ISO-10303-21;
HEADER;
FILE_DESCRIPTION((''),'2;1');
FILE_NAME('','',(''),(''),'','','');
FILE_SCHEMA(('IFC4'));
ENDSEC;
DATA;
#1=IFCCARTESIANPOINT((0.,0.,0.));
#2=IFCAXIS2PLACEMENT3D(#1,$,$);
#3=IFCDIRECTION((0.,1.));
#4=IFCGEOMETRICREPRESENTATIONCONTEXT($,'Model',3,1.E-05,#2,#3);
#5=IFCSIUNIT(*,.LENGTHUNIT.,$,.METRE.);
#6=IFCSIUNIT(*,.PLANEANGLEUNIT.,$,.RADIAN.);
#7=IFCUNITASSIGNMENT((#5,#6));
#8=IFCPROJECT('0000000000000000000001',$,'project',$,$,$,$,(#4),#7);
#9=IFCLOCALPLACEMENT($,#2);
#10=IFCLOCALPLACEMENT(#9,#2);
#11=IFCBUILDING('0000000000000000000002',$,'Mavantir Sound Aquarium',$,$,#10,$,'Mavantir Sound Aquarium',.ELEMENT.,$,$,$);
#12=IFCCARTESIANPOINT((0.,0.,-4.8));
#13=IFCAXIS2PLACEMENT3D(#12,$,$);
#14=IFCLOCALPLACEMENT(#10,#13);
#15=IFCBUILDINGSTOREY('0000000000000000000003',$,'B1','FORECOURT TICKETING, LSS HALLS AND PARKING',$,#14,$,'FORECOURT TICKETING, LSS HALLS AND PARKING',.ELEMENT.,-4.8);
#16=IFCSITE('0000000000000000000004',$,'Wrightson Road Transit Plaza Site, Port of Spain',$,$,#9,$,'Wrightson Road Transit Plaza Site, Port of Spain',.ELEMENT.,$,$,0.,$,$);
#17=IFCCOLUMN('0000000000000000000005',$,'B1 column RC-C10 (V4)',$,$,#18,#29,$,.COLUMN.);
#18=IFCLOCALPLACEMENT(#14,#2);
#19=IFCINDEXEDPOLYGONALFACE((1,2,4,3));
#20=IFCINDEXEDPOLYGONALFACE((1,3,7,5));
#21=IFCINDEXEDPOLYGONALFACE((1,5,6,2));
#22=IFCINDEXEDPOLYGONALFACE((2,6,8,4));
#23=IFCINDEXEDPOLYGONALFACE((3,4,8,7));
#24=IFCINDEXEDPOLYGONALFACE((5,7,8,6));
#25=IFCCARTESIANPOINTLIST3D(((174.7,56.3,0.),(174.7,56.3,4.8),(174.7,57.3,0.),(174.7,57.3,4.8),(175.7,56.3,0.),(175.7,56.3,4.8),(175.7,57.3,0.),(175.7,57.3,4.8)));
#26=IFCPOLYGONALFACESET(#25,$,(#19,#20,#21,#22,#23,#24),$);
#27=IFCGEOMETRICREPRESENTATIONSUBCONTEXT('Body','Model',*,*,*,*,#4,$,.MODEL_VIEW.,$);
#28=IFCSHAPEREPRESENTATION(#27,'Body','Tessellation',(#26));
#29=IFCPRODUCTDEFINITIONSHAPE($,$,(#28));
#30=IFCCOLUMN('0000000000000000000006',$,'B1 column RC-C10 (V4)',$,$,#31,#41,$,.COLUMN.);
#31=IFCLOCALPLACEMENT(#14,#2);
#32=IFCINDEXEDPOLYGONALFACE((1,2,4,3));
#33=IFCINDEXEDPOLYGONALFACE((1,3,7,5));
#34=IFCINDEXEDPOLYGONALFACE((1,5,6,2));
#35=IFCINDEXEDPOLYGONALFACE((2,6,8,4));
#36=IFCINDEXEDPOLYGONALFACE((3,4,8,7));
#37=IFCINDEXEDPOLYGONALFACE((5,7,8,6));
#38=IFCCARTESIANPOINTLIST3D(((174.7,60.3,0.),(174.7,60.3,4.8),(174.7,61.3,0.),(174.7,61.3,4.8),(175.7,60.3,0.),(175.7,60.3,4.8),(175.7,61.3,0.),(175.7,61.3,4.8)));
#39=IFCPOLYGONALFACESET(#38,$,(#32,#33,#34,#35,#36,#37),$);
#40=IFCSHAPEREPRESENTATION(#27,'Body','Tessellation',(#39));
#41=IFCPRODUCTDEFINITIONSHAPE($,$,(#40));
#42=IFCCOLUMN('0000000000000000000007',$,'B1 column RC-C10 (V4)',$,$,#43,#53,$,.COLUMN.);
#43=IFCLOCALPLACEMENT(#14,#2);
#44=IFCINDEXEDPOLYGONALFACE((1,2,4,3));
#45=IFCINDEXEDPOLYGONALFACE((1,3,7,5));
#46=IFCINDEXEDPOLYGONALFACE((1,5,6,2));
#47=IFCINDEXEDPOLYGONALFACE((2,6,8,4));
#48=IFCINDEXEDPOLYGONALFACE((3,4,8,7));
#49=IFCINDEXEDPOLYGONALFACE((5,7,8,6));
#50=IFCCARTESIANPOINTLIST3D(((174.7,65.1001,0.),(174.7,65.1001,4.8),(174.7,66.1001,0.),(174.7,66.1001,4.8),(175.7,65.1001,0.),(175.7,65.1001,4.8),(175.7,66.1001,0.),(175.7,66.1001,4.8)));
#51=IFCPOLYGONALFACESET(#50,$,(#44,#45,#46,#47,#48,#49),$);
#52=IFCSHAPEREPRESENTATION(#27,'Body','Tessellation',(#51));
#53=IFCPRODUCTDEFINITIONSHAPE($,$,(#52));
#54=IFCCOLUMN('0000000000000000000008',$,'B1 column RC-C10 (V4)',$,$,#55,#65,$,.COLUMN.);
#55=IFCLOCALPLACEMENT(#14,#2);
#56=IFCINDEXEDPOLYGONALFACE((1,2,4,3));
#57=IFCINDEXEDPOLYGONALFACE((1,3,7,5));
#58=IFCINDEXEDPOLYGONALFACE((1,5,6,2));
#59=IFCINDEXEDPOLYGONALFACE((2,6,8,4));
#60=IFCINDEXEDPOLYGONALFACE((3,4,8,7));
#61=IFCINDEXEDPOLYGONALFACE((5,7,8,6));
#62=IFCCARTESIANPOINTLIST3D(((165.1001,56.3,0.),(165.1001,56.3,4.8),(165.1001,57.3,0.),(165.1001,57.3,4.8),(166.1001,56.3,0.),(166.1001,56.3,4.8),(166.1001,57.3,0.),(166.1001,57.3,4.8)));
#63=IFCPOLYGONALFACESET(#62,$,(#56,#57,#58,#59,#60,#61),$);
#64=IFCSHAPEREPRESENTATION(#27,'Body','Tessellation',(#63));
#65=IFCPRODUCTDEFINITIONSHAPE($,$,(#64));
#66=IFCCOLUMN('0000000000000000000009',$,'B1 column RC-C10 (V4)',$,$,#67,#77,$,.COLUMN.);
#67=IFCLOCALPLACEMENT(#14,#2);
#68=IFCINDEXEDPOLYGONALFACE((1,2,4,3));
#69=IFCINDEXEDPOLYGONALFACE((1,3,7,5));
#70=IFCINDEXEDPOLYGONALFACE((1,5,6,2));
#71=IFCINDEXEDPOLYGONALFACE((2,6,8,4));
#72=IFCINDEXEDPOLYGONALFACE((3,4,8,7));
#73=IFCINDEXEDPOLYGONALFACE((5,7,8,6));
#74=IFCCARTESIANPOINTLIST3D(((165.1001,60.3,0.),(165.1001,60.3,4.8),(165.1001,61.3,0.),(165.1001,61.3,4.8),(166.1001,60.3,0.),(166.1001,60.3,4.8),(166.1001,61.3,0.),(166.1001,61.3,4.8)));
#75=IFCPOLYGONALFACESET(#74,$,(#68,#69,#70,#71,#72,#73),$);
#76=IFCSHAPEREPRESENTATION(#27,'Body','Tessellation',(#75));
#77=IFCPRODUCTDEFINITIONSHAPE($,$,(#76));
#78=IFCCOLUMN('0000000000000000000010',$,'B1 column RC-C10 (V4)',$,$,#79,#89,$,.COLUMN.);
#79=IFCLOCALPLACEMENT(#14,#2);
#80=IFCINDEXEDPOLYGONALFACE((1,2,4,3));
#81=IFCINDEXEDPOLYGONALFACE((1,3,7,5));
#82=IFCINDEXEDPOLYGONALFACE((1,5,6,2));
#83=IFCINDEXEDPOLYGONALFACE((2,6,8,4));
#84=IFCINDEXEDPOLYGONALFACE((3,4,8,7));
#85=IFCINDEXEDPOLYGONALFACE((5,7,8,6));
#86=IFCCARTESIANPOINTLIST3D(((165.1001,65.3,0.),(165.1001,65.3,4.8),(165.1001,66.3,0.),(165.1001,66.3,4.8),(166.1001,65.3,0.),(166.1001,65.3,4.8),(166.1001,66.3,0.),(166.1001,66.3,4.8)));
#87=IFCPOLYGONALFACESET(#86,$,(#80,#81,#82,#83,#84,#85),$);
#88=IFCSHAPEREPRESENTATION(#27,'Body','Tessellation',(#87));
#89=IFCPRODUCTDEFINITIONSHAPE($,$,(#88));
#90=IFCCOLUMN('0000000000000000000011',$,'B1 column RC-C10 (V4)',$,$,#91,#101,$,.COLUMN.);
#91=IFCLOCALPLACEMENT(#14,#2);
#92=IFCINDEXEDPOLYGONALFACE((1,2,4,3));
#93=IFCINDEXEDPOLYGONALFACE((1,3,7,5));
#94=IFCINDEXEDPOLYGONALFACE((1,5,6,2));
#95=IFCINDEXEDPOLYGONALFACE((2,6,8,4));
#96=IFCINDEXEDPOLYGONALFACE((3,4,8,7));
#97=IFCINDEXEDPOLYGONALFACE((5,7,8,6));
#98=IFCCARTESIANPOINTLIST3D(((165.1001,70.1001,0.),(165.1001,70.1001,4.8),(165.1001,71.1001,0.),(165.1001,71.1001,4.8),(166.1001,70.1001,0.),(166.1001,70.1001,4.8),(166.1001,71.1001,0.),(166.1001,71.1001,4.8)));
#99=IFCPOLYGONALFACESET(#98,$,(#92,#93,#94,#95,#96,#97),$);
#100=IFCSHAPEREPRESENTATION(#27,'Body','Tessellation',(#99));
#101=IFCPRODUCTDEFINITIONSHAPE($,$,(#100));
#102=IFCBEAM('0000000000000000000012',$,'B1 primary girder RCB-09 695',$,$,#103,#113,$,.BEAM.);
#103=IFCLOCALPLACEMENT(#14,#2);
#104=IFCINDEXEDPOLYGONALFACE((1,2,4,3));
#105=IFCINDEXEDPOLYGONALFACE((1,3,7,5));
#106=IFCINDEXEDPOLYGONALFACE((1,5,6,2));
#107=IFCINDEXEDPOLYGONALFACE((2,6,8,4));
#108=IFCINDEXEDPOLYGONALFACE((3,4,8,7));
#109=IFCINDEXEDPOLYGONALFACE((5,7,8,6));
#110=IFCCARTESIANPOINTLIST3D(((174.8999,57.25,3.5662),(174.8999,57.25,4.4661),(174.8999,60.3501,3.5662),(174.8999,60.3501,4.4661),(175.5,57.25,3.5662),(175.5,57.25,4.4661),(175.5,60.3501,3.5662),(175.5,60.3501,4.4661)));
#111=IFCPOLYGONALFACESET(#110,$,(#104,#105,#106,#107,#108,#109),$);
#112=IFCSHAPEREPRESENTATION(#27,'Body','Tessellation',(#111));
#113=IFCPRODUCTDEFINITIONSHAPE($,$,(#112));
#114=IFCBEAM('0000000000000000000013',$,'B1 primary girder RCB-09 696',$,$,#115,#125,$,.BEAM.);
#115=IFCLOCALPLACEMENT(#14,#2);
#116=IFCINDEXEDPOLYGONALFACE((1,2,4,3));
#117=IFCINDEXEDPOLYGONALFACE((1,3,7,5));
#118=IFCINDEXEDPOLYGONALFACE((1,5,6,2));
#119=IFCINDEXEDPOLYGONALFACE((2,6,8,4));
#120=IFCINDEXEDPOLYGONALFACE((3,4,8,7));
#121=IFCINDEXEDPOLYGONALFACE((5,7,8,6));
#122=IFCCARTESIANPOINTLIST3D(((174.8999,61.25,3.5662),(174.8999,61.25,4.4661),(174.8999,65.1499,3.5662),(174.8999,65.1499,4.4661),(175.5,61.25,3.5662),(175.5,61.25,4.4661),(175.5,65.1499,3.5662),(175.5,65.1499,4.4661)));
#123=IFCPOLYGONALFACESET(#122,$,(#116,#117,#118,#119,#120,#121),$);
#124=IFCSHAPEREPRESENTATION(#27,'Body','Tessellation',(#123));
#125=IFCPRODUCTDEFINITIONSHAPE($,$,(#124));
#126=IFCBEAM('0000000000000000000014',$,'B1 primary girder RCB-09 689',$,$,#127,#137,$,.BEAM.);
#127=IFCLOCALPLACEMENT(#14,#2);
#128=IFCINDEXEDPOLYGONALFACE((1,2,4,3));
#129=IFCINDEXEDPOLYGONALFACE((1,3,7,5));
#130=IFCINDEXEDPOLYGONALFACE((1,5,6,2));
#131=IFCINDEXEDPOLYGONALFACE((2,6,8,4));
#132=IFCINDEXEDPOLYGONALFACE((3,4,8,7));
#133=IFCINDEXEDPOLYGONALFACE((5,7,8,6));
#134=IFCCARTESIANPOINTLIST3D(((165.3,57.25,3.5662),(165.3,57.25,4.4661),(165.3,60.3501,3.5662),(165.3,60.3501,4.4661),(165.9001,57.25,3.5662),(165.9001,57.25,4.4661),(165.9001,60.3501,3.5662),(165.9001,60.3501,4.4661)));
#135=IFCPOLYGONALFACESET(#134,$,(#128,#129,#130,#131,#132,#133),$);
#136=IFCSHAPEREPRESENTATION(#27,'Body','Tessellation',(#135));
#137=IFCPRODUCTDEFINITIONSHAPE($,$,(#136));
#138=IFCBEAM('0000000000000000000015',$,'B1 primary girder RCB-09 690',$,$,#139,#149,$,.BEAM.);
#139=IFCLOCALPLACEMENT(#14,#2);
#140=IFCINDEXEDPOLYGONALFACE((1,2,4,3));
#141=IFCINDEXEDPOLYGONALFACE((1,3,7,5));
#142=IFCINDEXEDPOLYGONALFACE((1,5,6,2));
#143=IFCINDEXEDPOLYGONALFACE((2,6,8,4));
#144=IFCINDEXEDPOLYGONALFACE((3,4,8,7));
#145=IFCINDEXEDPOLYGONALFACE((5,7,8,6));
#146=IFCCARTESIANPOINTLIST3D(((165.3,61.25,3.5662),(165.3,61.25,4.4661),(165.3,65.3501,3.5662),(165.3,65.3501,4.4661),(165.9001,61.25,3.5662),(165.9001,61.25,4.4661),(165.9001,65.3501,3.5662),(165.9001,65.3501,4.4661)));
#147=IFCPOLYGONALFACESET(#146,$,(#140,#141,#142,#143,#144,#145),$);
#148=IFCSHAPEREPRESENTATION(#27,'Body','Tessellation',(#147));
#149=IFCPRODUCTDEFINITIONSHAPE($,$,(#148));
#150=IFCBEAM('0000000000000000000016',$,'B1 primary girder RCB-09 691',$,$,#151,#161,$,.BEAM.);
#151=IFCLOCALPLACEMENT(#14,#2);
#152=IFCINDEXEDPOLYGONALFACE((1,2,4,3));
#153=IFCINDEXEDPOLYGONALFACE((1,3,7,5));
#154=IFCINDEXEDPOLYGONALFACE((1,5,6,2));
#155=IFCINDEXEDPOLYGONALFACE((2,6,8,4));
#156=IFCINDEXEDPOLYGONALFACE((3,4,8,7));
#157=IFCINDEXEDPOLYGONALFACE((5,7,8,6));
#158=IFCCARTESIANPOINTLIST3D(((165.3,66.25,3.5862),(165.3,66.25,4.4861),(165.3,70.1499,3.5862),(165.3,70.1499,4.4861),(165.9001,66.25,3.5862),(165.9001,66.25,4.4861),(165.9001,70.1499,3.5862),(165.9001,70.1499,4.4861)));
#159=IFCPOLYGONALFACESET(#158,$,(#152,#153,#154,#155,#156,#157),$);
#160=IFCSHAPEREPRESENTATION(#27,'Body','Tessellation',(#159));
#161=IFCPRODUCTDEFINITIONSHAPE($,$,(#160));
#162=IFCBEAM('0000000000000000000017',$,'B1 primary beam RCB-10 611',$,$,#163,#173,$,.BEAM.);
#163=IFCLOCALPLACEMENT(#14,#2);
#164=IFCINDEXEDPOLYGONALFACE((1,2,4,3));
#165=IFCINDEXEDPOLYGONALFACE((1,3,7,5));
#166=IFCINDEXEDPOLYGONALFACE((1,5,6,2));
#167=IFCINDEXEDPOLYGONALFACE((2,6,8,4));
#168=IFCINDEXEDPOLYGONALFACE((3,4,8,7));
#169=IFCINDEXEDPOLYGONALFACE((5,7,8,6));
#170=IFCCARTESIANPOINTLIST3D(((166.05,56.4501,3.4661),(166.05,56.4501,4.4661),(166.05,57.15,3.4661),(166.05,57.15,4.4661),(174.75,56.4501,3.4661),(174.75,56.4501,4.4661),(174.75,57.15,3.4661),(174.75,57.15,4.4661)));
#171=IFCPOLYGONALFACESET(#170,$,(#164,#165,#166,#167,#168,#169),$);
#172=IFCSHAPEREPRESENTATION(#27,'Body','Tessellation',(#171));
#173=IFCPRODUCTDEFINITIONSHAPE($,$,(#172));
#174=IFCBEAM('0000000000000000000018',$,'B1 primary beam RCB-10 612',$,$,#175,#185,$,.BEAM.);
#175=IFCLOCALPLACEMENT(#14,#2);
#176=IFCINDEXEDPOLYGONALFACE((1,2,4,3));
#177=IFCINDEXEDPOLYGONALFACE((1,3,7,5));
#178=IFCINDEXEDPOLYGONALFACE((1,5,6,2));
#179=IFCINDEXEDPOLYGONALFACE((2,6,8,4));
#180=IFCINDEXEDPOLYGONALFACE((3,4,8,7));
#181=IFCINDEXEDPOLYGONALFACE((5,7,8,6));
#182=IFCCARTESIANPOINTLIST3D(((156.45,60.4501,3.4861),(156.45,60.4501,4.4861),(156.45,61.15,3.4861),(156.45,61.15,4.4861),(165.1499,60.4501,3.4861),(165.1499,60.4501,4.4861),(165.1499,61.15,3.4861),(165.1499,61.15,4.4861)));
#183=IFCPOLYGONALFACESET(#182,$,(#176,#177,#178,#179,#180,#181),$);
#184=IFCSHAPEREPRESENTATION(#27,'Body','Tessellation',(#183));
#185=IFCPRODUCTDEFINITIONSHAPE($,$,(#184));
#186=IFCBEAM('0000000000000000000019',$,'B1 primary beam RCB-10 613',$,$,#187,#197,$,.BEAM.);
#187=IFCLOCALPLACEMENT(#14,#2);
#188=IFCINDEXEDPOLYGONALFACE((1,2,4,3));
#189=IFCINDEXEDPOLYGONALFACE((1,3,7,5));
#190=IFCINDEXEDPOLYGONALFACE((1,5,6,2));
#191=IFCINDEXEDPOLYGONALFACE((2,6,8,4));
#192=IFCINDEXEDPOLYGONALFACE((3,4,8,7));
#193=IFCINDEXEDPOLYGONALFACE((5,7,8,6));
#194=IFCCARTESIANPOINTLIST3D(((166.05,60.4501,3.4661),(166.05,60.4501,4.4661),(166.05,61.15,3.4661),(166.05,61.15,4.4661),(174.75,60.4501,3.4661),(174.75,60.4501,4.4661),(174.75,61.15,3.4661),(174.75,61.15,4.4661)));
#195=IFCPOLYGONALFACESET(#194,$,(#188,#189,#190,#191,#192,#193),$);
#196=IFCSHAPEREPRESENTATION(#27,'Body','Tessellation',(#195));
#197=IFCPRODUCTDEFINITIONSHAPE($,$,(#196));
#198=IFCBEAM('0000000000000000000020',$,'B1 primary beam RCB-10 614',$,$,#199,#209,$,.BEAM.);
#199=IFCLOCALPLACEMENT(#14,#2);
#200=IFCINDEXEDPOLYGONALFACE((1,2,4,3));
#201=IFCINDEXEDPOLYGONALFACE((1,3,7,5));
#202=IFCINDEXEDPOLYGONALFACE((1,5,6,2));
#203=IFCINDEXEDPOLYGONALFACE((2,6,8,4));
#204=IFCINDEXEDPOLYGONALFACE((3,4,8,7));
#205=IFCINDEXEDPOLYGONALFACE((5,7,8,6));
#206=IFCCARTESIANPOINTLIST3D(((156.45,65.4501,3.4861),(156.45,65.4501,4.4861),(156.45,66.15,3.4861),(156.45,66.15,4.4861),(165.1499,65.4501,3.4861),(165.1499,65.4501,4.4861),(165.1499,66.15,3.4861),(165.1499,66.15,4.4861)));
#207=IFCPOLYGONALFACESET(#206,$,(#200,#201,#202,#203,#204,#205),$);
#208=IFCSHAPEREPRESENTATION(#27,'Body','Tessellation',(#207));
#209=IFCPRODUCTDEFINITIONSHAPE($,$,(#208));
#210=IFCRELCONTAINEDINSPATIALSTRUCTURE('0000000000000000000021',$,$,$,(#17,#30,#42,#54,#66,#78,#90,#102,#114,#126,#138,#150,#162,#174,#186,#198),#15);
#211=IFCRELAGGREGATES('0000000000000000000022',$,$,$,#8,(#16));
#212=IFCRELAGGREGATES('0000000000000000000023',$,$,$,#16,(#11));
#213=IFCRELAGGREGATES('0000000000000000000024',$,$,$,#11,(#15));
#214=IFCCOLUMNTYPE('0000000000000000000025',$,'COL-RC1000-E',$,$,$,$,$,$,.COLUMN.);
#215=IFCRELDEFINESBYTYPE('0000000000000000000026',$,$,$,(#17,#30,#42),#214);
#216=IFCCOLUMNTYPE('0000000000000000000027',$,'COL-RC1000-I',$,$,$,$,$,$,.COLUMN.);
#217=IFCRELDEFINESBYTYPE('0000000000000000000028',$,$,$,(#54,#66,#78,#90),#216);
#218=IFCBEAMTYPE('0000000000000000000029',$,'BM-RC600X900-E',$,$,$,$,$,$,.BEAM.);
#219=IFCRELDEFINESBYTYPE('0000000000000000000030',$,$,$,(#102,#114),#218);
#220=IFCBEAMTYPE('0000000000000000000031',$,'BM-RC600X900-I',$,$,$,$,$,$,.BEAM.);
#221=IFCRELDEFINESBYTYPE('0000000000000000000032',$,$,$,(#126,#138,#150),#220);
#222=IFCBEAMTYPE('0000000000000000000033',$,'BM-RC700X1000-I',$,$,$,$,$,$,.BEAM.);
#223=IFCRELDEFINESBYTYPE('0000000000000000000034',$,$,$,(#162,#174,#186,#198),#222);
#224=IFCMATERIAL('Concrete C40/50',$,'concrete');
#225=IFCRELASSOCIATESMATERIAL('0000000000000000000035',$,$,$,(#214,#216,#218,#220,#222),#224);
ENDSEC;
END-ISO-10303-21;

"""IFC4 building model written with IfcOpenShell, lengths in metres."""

from ifc_helpers import new_model, si_unit, direction, frame, origin, origin_2d, place, context, subcontext, project, spatial, rectangle, extrude, material, material_profile, profile_set, type_object, element, save


model = new_model("IFC4")

# Units and contexts
model_context = context("Model", 3, precision=1e-05, world=origin(), true_north=direction((0.0, 1.0)))
body_context = subcontext(model_context, "Body", "Model", "MODEL_VIEW")
ifc_project = project(units=[si_unit("LENGTHUNIT", "METRE"), si_unit("PLANEANGLEUNIT", "RADIAN")], contexts=[model_context])

# Site, building, storey
site_placement = place(None, origin())
site = spatial("IfcSite", under=ifc_project, at=site_placement, Name="Wrightson Road Transit Plaza Site, Port of Spain", LongName="Wrightson Road Transit Plaza Site, Port of Spain", CompositionType="ELEMENT", RefElevation=0.0)
building_placement = place(site_placement, origin())
building = spatial("IfcBuilding", under=site, at=building_placement, Name="Mavantir Sound Aquarium", LongName="Mavantir Sound Aquarium", CompositionType="ELEMENT")
storey_placement = place(building_placement, frame((0.0, 0.0, -4.8)))
storey = spatial("IfcBuildingStorey", under=building, at=storey_placement, Name="B1", Description="FORECOURT TICKETING, LSS HALLS AND PARKING", LongName="FORECOURT TICKETING, LSS HALLS AND PARKING", CompositionType="ELEMENT", Elevation=-4.8)

# Columns
ifc_material_1 = material(Name="Concrete C40/50", Category="concrete")
ifc_material_profile_1 = material_profile(ifc_material_1, rectangle(XDim=1.0, YDim=1.0, at=origin_2d()), Name="RC 1000X1000")
ifc_profile_set_1 = profile_set([ifc_material_profile_1], Name="Concrete C40/50")
column_type_1 = type_object("IfcColumnType", Name="COL-RC1000-E", PredefinedType="COLUMN", material=ifc_profile_set_1)
for number, where, z_axis, x_axis, name in (
    (1, (175.2, 56.8, 0.0), (0.0, 0.0, 1.0), (1.0, 0.0, 0.0), "B1 column RC-C10 (V4)"),
    (2, (175.2, 60.8, 0.0), (0.0, 0.0, 1.0), (1.0, 0.0, 0.0), "B1 column RC-C10 (V4)"),
    (3, (175.2, 65.6001, 0.0), (0.0, 0.0, 1.0), (1.0, 0.0, 0.0), "B1 column RC-C10 (V4)"),
):
    element("IfcColumn", number, at=place(storey_placement, frame(where, z_axis=z_axis, x_axis=x_axis)), inside=storey, type_object=column_type_1, Name=name, PredefinedType="COLUMN", context=body_context, shape_type="SweptSolid", body=[
        extrude(rectangle(XDim=1.0, YDim=1.0, at=origin_2d()), origin(), (0.0, 0.0, 1.0), 4.8),
    ])
ifc_material_profile_2 = material_profile(ifc_material_1, rectangle(XDim=1.0, YDim=1.0, at=origin_2d()), Name="RC 1000X1000")
ifc_profile_set_2 = profile_set([ifc_material_profile_2], Name="Concrete C40/50")
column_type_2 = type_object("IfcColumnType", Name="COL-RC1000-I", PredefinedType="COLUMN", material=ifc_profile_set_2)
for number, where, z_axis, x_axis, name in (
    (4, (165.6001, 56.8, 0.0), (0.0, 0.0, 1.0), (1.0, 0.0, 0.0), "B1 column RC-C10 (V4)"),
    (5, (165.6001, 60.8, 0.0), (0.0, 0.0, 1.0), (1.0, 0.0, 0.0), "B1 column RC-C10 (V4)"),
    (6, (165.6001, 65.8, 0.0), (0.0, 0.0, 1.0), (1.0, 0.0, 0.0), "B1 column RC-C10 (V4)"),
    (7, (165.6001, 70.6001, 0.0), (0.0, 0.0, 1.0), (1.0, 0.0, 0.0), "B1 column RC-C10 (V4)"),
):
    element("IfcColumn", number, at=place(storey_placement, frame(where, z_axis=z_axis, x_axis=x_axis)), inside=storey, type_object=column_type_2, Name=name, PredefinedType="COLUMN", context=body_context, shape_type="SweptSolid", body=[
        extrude(rectangle(XDim=1.0, YDim=1.0, at=origin_2d()), origin(), (0.0, 0.0, 1.0), 4.8),
    ])

# Beams
ifc_material_profile_3 = material_profile(ifc_material_1, rectangle(XDim=0.6001, YDim=0.8999, at=origin_2d()), Name="RC 600X900")
ifc_profile_set_3 = profile_set([ifc_material_profile_3], Name="Concrete C40/50")
beam_type_1 = type_object("IfcBeamType", Name="BM-RC600X900-E", PredefinedType="BEAM", material=ifc_profile_set_3)
beam_1_placement = place(storey_placement, frame((175.2, 57.25, 4.0161), z_axis=(0.0, 1.0, 0.0), x_axis=(-1.0, 0.0, 0.0)))
element("IfcBeam", 8, at=beam_1_placement, inside=storey, type_object=beam_type_1, Name="B1 primary girder RCB-09 695", PredefinedType="BEAM", context=body_context, shape_type="SweptSolid", body=[
    extrude(rectangle(XDim=0.6001, YDim=0.8999, at=origin_2d()), origin(), (0.0, 0.0, 1.0), 3.1001),
])
beam_2_placement = place(storey_placement, frame((175.2, 61.25, 4.0161), z_axis=(0.0, 1.0, 0.0), x_axis=(-1.0, 0.0, 0.0)))
element("IfcBeam", 9, at=beam_2_placement, inside=storey, type_object=beam_type_1, Name="B1 primary girder RCB-09 696", PredefinedType="BEAM", context=body_context, shape_type="SweptSolid", body=[
    extrude(rectangle(XDim=0.6001, YDim=0.8999, at=origin_2d()), origin(), (0.0, 0.0, 1.0), 3.8999),
])
ifc_material_profile_4 = material_profile(ifc_material_1, rectangle(XDim=0.6001, YDim=0.8999, at=origin_2d()), Name="RC 600X900")
ifc_profile_set_4 = profile_set([ifc_material_profile_4], Name="Concrete C40/50")
beam_type_2 = type_object("IfcBeamType", Name="BM-RC600X900-I", PredefinedType="BEAM", material=ifc_profile_set_4)
beam_3_placement = place(storey_placement, frame((165.6001, 57.25, 4.0161), z_axis=(0.0, 1.0, 0.0), x_axis=(-1.0, 0.0, 0.0)))
element("IfcBeam", 10, at=beam_3_placement, inside=storey, type_object=beam_type_2, Name="B1 primary girder RCB-09 689", PredefinedType="BEAM", context=body_context, shape_type="SweptSolid", body=[
    extrude(rectangle(XDim=0.6001, YDim=0.8999, at=origin_2d()), origin(), (0.0, 0.0, 1.0), 3.1001),
])
beam_4_placement = place(storey_placement, frame((165.6001, 61.25, 4.0161), z_axis=(0.0, 1.0, 0.0), x_axis=(-1.0, 0.0, 0.0)))
element("IfcBeam", 11, at=beam_4_placement, inside=storey, type_object=beam_type_2, Name="B1 primary girder RCB-09 690", PredefinedType="BEAM", context=body_context, shape_type="SweptSolid", body=[
    extrude(rectangle(XDim=0.6001, YDim=0.8999, at=origin_2d()), origin(), (0.0, 0.0, 1.0), 4.1001),
])
beam_5_placement = place(storey_placement, frame((165.6001, 66.25, 4.0361), z_axis=(0.0, 1.0, 0.0), x_axis=(-1.0, 0.0, 0.0)))
element("IfcBeam", 12, at=beam_5_placement, inside=storey, type_object=beam_type_2, Name="B1 primary girder RCB-09 691", PredefinedType="BEAM", context=body_context, shape_type="SweptSolid", body=[
    extrude(rectangle(XDim=0.6001, YDim=0.8999, at=origin_2d()), origin(), (0.0, 0.0, 1.0), 3.8999),
])
ifc_material_profile_5 = material_profile(ifc_material_1, rectangle(XDim=0.7, YDim=1.0, at=origin_2d()), Name="RC 700X1000")
ifc_profile_set_5 = profile_set([ifc_material_profile_5], Name="Concrete C40/50")
beam_type_3 = type_object("IfcBeamType", Name="BM-RC700X1000-I", PredefinedType="BEAM", material=ifc_profile_set_5)
for number, where, z_axis, x_axis, name in (
    (13, (166.05, 56.8, 3.9661), (1.0, 0.0, 0.0), (0.0, 1.0, 0.0), "B1 primary beam RCB-10 611"),
    (14, (156.45, 60.8, 3.9861), (1.0, 0.0, 0.0), (0.0, 1.0, 0.0), "B1 primary beam RCB-10 612"),
    (15, (166.05, 60.8, 3.9661), (1.0, 0.0, 0.0), (0.0, 1.0, 0.0), "B1 primary beam RCB-10 613"),
    (16, (156.45, 65.8, 3.9861), (1.0, 0.0, 0.0), (0.0, 1.0, 0.0), "B1 primary beam RCB-10 614"),
):
    element("IfcBeam", number, at=place(storey_placement, frame(where, z_axis=z_axis, x_axis=x_axis)), inside=storey, type_object=beam_type_3, Name=name, PredefinedType="BEAM", context=body_context, shape_type="SweptSolid", body=[
        extrude(rectangle(XDim=0.7, YDim=1.0, at=origin_2d()), origin(), (0.0, 0.0, 1.0), 8.7),
    ])

save(model, "model.ifc")
